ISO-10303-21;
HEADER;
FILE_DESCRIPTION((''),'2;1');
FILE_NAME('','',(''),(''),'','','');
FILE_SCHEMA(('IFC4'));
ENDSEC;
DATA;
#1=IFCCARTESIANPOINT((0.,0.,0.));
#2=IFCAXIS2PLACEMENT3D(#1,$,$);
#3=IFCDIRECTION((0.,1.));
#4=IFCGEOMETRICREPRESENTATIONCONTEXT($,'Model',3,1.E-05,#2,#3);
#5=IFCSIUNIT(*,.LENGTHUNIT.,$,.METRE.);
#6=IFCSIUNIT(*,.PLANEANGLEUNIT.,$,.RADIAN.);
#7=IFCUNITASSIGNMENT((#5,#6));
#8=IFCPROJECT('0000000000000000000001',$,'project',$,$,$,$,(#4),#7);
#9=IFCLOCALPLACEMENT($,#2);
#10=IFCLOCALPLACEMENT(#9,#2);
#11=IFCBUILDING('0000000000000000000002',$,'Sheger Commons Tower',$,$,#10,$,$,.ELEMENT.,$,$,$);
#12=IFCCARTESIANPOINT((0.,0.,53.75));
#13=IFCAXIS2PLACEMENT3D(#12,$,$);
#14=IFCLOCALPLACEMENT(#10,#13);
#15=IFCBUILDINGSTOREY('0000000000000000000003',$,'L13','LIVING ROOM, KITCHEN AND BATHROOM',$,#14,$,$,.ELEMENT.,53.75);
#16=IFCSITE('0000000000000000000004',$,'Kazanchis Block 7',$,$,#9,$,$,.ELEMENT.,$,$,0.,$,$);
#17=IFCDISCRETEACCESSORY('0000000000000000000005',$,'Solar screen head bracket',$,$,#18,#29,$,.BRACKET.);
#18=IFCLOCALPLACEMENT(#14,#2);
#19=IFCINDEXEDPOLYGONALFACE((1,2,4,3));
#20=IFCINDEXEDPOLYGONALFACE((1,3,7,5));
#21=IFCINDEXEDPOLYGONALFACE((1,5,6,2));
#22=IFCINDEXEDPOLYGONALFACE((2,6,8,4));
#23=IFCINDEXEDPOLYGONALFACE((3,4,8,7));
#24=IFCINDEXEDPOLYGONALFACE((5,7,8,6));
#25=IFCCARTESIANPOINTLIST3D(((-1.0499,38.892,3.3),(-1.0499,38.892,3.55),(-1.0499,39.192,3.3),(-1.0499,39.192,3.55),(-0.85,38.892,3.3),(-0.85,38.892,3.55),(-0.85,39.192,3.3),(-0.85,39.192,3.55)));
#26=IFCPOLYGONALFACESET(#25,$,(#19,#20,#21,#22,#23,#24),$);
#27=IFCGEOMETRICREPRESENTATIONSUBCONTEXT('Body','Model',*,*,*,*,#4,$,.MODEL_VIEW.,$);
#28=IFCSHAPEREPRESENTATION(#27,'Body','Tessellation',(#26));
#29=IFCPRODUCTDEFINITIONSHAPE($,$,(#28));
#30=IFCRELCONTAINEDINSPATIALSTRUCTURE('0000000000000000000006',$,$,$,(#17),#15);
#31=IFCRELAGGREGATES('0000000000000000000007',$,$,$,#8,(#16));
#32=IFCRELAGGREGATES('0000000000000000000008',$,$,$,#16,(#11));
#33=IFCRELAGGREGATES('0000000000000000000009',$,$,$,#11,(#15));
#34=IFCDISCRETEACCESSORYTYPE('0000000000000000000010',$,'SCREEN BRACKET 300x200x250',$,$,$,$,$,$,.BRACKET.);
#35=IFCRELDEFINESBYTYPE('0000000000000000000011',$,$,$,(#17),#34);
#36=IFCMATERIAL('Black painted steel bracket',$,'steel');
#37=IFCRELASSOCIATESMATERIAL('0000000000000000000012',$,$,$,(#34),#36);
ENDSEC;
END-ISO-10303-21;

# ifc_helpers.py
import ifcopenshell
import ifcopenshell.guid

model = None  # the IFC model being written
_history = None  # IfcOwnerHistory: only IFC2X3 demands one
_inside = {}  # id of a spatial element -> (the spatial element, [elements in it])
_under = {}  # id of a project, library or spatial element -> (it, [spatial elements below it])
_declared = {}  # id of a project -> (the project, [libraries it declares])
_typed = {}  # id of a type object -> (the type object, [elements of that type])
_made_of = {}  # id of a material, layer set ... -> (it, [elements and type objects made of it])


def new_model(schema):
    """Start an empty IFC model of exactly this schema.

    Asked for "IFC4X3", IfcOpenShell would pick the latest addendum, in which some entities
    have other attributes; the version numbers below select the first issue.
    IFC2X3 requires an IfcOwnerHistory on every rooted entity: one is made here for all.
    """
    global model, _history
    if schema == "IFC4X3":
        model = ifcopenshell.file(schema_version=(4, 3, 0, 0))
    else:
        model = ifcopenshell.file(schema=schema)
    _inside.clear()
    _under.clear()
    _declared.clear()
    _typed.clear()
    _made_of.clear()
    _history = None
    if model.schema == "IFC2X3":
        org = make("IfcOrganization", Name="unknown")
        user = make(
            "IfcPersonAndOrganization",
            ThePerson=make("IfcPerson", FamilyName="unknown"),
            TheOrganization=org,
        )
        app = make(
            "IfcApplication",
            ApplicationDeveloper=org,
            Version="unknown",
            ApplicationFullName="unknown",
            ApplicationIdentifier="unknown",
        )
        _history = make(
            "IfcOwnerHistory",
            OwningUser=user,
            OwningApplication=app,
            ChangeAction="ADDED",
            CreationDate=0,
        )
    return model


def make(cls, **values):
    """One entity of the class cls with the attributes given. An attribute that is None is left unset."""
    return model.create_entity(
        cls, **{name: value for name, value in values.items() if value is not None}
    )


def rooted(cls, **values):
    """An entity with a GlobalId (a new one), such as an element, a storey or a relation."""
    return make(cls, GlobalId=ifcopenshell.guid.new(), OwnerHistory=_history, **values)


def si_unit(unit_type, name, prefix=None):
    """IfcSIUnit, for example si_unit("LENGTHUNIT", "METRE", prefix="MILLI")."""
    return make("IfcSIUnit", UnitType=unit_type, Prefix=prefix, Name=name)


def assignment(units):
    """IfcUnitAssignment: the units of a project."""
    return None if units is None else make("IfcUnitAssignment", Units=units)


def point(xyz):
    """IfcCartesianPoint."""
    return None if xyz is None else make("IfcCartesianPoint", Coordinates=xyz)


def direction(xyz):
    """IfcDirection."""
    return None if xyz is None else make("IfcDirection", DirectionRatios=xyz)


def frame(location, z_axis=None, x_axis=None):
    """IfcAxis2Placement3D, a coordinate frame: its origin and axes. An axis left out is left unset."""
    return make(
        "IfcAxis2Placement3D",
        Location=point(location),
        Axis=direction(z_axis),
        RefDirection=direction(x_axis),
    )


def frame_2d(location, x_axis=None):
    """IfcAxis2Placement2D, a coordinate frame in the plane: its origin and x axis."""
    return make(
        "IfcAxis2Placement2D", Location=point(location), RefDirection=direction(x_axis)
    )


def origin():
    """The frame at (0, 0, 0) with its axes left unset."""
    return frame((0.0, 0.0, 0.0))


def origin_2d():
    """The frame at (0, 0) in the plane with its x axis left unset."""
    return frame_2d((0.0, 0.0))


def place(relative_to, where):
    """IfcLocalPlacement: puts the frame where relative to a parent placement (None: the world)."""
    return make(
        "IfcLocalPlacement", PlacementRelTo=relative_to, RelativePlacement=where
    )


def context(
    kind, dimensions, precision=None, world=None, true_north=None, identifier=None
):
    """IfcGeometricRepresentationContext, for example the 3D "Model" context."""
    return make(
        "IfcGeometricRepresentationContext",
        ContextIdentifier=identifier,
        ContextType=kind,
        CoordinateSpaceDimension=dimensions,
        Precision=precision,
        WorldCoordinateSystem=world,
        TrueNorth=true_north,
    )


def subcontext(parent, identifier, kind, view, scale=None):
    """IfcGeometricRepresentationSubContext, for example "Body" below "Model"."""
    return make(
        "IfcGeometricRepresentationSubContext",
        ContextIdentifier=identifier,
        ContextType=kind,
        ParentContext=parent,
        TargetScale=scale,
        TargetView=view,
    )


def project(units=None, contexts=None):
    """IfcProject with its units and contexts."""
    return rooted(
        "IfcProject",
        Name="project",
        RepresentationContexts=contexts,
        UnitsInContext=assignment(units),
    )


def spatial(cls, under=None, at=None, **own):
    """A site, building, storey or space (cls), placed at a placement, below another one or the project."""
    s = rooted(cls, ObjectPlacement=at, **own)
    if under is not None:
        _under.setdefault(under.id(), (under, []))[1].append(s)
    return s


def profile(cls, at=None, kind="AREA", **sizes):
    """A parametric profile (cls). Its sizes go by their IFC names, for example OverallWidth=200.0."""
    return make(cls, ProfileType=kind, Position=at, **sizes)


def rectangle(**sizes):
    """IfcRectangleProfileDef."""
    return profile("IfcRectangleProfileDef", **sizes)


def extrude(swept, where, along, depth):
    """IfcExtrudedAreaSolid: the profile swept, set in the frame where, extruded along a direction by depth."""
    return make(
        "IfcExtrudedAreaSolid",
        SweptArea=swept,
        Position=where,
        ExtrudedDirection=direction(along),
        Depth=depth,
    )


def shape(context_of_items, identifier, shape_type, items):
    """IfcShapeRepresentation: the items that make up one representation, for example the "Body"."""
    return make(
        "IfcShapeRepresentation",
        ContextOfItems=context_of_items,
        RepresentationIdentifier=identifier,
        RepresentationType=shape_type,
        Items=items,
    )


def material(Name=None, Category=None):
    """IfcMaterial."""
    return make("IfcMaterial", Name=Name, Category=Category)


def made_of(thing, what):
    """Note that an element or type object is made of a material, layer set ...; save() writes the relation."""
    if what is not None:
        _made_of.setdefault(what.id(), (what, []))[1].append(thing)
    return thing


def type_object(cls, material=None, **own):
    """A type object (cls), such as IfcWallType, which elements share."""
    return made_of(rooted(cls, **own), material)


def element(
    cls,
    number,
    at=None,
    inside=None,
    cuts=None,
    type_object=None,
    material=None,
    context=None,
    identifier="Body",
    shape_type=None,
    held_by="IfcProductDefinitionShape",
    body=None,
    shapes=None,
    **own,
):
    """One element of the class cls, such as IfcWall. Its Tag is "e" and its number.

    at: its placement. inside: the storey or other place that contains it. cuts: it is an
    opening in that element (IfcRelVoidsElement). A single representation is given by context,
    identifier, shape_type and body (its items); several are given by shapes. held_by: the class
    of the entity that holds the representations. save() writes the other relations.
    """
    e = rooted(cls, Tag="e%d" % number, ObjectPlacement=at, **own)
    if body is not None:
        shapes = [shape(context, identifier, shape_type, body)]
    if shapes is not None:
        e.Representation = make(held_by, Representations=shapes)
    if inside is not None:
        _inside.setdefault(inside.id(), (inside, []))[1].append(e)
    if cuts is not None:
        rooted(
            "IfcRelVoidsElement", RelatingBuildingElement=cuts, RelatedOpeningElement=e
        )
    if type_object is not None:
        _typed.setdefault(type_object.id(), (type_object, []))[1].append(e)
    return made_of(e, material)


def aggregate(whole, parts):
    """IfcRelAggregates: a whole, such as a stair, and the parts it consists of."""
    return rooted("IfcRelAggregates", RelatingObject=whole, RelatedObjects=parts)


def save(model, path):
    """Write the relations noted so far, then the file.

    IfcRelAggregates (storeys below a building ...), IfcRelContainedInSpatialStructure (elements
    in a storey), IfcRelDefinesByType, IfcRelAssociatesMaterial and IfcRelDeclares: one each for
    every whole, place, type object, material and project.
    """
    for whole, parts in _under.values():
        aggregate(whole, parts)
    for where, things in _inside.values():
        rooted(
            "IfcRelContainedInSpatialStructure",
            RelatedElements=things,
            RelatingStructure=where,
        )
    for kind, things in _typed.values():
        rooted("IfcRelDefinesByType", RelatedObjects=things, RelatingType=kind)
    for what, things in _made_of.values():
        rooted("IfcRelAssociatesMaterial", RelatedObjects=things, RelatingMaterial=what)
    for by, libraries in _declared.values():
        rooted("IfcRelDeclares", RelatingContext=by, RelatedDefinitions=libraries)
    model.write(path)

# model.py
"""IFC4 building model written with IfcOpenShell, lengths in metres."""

from ifc_helpers import new_model, si_unit, direction, frame, origin, origin_2d, place, context, subcontext, project, spatial, rectangle, extrude, material, type_object, element, save


model = new_model("IFC4")

# Units and contexts
model_context = context("Model", 3, precision=1e-05, world=origin(), true_north=direction((0.0, 1.0)))
body_context = subcontext(model_context, "Body", "Model", "MODEL_VIEW")
ifc_project = project(units=[si_unit("LENGTHUNIT", "METRE"), si_unit("PLANEANGLEUNIT", "RADIAN")], contexts=[model_context])

# Site, building, storey
site_placement = place(None, origin())
site = spatial("IfcSite", under=ifc_project, at=site_placement, Name="Kazanchis Block 7", CompositionType="ELEMENT", RefElevation=0.0)
building_placement = place(site_placement, origin())
building = spatial("IfcBuilding", under=site, at=building_placement, Name="Sheger Commons Tower", CompositionType="ELEMENT")
storey_placement = place(building_placement, frame((0.0, 0.0, 53.75)))
storey = spatial("IfcBuildingStorey", under=building, at=storey_placement, Name="L13", Description="LIVING ROOM, KITCHEN AND BATHROOM", CompositionType="ELEMENT", Elevation=53.75)

# Discrete accessory
ifc_material_1 = material(Name="Black painted steel bracket", Category="steel")
discrete_accessory_type = type_object("IfcDiscreteAccessoryType", Name="SCREEN BRACKET 300x200x250", PredefinedType="BRACKET", material=ifc_material_1)
for number, where, z_axis, x_axis, name in (
    (1, (-0.95, 39.042, 3.3), (0.0, 0.0, 1.0), (0.0, -1.0, 0.0), "Solar screen head bracket"),
):
    element("IfcDiscreteAccessory", number, at=place(storey_placement, frame(where, z_axis=z_axis, x_axis=x_axis)), inside=storey, type_object=discrete_accessory_type, Name=name, PredefinedType="BRACKET", context=body_context, shape_type="SweptSolid", body=[
        extrude(rectangle(XDim=0.3, YDim=0.2, at=origin_2d()), origin(), (0.0, 0.0, 1.0), 0.25),
    ])

save(model, "model.ifc")
